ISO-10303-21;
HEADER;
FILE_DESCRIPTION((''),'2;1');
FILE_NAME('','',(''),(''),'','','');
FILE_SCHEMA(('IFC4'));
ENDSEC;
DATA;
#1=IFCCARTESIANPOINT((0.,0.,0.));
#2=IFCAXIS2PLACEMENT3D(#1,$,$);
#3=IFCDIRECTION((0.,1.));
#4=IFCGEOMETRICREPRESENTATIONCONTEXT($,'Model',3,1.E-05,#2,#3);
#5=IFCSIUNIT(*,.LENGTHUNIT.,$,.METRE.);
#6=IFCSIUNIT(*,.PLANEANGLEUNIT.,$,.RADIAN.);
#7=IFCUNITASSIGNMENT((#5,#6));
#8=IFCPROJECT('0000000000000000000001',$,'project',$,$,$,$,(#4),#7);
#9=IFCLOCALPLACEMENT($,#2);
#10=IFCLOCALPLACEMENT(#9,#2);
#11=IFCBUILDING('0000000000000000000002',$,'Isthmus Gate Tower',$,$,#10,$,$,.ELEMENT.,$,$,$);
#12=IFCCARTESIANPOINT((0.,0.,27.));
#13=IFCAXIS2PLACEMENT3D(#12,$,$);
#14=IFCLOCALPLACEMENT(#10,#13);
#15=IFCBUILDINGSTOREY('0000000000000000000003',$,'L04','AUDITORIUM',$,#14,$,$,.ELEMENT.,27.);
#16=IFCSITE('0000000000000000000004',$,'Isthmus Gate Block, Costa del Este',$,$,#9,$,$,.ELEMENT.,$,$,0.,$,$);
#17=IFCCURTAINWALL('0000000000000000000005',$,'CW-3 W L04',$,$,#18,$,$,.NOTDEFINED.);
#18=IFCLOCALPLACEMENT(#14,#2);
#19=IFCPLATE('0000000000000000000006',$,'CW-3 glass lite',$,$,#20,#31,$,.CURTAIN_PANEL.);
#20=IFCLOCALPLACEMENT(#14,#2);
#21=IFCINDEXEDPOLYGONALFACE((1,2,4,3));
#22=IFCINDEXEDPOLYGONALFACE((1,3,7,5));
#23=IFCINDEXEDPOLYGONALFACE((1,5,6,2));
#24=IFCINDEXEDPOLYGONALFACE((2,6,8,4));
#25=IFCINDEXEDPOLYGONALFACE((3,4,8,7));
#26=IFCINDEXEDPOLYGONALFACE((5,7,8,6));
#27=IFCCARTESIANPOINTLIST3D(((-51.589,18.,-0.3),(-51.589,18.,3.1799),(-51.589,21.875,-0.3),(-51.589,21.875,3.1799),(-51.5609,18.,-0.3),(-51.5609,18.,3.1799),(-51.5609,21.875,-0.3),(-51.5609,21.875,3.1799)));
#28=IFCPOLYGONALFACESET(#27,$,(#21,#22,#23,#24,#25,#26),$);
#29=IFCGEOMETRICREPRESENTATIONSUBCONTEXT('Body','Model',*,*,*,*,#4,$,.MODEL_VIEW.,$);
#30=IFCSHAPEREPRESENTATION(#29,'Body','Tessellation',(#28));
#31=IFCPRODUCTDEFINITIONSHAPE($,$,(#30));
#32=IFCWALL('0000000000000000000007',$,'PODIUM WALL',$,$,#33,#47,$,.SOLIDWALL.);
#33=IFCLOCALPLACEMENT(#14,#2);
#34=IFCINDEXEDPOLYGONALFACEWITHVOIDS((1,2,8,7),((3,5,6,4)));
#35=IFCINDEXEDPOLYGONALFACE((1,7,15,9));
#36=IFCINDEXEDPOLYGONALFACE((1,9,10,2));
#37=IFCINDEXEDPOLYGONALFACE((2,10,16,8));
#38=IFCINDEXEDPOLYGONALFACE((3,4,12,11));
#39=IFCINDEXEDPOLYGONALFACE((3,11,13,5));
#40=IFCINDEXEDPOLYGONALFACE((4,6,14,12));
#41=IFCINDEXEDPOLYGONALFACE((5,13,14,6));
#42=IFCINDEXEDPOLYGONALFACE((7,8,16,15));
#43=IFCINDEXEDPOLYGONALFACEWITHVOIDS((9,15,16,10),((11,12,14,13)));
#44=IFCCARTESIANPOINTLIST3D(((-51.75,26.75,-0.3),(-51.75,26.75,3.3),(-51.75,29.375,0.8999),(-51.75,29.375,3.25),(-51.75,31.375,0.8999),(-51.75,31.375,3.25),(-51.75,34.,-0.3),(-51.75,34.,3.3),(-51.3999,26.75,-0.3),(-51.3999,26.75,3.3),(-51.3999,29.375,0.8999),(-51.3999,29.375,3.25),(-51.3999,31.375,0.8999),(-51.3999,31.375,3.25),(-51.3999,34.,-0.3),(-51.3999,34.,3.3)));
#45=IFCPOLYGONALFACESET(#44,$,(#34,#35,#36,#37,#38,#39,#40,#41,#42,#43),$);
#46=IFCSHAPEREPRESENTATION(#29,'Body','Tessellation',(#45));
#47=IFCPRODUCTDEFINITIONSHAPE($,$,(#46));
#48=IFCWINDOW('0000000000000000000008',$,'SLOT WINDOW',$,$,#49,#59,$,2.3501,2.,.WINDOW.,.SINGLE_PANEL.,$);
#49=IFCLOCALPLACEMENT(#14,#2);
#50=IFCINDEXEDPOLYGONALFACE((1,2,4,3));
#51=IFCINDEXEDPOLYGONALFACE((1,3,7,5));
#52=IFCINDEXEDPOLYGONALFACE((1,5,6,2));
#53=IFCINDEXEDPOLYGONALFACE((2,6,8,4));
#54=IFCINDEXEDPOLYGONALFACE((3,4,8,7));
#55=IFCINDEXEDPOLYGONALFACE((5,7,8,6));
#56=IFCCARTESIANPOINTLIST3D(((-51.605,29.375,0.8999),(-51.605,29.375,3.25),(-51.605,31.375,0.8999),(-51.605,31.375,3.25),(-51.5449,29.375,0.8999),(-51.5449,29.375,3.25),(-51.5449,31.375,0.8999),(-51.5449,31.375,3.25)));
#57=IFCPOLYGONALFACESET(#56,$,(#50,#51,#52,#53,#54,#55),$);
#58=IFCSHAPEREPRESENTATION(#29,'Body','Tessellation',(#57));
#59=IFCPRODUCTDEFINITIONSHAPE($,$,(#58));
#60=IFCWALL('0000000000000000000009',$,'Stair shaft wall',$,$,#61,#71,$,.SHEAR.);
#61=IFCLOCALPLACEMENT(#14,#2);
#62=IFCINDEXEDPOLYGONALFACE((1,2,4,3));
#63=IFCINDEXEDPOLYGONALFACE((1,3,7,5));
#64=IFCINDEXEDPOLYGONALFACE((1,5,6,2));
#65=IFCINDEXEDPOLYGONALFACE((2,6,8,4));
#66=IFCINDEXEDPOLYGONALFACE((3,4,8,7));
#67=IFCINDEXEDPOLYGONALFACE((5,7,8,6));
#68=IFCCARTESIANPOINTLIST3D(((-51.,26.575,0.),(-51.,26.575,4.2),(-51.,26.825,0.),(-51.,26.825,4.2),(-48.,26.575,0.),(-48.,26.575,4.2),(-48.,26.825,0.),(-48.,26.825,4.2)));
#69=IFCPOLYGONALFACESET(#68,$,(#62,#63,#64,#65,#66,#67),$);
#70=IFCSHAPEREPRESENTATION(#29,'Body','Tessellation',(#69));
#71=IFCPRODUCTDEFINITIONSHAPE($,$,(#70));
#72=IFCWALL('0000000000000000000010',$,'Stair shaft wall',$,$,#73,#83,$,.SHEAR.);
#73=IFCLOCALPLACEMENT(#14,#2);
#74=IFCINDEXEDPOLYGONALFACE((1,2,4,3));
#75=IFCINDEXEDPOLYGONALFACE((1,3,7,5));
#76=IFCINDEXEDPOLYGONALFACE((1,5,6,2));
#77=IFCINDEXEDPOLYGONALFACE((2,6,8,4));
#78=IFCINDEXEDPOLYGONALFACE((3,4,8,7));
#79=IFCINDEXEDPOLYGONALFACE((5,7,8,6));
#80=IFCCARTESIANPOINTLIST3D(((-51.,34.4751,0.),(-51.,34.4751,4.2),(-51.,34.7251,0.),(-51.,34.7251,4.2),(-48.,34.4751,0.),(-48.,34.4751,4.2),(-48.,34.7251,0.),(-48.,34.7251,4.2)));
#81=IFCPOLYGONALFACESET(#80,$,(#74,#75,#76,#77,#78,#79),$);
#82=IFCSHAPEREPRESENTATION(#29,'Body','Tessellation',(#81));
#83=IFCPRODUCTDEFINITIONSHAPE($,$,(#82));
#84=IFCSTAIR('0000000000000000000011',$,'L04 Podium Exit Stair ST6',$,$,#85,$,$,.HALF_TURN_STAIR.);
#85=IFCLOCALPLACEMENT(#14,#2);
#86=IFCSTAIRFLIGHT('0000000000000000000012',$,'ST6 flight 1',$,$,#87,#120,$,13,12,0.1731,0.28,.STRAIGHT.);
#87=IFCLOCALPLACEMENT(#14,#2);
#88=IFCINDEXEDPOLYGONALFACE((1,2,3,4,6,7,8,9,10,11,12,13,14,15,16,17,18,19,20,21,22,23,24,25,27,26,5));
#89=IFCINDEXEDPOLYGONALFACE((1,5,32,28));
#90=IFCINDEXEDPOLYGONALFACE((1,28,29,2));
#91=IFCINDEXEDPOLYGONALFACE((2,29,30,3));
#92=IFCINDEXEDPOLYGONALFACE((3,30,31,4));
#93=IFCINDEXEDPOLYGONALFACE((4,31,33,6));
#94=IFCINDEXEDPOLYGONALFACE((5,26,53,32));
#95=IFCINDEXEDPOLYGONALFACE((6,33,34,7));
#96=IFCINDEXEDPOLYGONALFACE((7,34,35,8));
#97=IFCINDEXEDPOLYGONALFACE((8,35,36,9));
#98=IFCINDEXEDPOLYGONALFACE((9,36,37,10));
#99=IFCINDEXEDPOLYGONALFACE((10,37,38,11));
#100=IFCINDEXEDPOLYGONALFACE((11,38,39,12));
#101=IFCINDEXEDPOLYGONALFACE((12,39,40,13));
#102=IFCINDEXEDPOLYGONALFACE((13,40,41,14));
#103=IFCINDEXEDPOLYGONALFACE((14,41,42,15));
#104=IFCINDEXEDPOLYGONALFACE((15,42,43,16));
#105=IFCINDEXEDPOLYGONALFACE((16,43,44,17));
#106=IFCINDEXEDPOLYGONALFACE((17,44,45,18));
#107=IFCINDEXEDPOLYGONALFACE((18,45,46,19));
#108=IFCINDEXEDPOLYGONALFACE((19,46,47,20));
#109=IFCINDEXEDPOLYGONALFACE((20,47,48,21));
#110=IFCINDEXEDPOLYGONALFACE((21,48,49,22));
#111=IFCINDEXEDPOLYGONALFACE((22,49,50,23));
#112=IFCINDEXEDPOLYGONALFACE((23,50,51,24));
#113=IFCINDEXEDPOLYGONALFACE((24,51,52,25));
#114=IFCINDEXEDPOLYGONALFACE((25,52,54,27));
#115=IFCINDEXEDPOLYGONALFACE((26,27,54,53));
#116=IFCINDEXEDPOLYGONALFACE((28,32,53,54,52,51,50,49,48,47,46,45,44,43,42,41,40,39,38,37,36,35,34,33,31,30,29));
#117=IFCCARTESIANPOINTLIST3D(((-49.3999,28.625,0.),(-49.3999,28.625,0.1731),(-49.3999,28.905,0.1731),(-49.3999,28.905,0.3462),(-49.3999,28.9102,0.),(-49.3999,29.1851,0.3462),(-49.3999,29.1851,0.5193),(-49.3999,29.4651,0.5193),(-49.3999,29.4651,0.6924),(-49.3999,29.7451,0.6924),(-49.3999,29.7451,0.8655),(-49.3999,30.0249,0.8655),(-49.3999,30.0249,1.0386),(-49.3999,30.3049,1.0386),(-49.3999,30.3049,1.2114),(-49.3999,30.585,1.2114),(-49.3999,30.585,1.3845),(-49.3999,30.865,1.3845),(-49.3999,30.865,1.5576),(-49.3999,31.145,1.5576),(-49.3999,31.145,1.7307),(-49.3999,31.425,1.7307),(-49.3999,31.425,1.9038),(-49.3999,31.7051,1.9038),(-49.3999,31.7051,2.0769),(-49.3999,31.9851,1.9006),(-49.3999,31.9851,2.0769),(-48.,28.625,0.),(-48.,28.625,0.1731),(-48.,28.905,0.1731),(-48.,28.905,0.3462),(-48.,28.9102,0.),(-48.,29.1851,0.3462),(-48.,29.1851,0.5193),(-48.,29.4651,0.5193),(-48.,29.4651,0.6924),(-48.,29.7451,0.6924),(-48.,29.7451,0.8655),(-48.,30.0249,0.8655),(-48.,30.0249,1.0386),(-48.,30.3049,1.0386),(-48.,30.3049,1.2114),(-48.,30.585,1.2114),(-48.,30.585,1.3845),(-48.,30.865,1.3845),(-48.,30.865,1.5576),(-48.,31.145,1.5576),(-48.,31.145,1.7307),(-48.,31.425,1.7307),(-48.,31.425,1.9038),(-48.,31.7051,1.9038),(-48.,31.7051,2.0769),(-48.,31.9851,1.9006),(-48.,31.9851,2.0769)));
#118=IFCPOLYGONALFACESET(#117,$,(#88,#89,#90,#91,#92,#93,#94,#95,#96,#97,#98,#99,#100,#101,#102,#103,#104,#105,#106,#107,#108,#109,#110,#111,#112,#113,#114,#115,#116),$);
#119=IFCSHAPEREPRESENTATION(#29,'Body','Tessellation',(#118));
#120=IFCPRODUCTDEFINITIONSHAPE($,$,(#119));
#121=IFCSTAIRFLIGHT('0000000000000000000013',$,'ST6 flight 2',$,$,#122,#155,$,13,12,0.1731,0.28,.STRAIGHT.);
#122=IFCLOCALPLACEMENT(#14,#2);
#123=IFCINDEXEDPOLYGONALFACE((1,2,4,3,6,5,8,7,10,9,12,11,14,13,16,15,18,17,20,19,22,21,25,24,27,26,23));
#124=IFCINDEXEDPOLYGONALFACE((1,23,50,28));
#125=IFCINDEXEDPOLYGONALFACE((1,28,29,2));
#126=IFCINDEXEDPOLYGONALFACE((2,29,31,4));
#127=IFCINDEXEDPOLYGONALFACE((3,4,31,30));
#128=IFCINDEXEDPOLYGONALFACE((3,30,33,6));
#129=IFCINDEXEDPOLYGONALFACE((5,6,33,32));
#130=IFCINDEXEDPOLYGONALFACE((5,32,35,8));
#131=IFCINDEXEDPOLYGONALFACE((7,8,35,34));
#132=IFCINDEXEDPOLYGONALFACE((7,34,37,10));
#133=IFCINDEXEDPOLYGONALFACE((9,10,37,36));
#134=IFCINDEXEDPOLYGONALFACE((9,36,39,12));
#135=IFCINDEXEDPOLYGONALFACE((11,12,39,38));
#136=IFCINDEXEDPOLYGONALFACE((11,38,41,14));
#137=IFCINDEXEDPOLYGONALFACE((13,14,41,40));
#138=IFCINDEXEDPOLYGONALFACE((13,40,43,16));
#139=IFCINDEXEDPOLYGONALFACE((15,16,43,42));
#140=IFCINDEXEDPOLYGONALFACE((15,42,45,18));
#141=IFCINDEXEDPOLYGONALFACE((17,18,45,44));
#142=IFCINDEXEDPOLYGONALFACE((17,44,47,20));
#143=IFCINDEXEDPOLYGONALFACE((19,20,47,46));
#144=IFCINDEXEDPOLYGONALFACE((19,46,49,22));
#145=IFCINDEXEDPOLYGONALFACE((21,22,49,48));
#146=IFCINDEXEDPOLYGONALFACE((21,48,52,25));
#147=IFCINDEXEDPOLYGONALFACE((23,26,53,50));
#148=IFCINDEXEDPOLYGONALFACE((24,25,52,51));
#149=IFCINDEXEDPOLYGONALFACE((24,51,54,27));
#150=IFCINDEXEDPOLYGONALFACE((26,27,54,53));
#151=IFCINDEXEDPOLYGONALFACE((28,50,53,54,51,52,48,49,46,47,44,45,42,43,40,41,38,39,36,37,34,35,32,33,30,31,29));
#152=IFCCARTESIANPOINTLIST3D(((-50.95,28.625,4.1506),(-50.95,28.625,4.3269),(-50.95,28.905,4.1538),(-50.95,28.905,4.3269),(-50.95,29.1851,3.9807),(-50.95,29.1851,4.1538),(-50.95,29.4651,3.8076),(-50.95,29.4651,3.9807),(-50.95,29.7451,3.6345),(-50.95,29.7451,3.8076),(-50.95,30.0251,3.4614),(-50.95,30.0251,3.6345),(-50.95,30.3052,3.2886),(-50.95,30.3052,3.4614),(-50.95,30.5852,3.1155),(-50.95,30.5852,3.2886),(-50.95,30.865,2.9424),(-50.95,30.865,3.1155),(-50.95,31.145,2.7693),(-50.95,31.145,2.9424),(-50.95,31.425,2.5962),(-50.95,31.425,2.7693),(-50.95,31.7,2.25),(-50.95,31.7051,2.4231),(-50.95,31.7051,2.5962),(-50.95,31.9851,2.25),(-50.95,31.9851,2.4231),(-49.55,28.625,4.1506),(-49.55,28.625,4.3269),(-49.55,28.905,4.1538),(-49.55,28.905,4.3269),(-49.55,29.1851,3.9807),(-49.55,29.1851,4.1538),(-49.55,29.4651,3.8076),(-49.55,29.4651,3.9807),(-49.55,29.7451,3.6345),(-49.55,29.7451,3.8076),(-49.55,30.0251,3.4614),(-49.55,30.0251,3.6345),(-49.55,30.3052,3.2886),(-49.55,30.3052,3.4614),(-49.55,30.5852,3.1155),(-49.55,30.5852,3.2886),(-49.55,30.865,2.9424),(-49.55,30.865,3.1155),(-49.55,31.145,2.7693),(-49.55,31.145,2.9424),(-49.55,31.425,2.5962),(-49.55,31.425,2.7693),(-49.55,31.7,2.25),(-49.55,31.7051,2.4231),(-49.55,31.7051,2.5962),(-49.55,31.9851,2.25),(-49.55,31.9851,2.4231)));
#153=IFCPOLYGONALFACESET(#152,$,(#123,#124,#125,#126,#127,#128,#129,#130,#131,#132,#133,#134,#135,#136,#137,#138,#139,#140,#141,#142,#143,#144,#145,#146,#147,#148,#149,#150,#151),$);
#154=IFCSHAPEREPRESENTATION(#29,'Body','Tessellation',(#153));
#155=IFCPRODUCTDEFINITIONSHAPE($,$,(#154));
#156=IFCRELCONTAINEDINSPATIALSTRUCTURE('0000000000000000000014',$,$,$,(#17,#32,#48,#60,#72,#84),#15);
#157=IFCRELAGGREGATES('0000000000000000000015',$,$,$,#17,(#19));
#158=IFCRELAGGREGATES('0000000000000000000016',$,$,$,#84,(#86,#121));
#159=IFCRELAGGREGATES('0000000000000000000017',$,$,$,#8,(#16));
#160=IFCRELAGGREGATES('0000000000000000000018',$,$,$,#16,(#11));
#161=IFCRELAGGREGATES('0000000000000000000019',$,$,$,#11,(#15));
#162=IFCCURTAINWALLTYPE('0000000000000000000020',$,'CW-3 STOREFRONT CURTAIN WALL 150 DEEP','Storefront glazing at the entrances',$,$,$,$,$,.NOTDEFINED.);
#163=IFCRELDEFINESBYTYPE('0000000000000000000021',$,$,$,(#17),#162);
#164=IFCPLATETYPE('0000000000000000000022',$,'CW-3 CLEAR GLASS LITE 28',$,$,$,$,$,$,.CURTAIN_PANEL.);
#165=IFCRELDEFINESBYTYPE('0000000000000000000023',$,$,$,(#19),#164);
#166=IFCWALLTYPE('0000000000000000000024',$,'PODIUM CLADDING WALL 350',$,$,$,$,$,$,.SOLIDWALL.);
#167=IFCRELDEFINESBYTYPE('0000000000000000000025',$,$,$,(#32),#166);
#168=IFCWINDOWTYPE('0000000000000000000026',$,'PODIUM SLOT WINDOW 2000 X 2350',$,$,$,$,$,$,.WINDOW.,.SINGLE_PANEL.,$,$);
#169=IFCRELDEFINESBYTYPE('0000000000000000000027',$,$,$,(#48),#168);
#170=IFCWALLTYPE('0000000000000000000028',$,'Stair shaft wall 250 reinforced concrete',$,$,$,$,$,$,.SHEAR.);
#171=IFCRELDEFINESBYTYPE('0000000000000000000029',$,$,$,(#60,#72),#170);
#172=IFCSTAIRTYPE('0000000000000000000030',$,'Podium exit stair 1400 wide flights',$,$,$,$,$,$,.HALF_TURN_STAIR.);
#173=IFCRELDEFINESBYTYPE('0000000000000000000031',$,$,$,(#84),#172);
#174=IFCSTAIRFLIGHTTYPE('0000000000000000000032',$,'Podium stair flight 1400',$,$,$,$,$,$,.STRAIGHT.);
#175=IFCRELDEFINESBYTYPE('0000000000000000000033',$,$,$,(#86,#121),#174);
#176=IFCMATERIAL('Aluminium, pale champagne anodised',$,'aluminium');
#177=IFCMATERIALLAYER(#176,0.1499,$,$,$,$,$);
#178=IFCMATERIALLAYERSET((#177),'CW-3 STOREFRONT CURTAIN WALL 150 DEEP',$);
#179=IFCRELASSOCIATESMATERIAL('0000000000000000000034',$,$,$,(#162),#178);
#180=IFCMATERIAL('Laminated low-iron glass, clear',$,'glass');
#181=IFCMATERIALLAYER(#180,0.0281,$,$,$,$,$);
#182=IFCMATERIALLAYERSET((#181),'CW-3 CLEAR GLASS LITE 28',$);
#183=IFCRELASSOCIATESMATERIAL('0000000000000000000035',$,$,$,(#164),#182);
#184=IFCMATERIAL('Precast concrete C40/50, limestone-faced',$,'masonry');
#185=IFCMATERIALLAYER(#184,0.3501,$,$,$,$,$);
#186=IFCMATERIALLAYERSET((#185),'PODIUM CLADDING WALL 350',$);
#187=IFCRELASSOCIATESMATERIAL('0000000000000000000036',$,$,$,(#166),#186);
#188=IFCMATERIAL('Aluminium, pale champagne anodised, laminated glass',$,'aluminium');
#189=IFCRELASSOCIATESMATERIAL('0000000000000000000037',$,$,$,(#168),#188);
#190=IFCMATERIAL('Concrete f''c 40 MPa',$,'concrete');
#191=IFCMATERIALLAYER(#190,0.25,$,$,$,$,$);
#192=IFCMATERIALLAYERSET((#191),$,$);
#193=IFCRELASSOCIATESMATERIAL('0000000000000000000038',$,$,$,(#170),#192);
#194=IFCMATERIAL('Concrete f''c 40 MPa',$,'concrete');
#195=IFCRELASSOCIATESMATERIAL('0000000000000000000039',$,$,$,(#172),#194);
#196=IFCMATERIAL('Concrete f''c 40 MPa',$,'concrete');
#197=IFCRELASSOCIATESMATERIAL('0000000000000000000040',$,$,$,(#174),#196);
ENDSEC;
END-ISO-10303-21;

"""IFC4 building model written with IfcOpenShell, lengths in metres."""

from ifc_helpers import new_model, si_unit, direction, frame, frame_2d, origin, origin_2d, place, context, subcontext, project, spatial, polyline, rectangle, outline, extrude, material, layer, layer_set, type_object, element, fill, aggregate, save


model = new_model("IFC4")

# Units and contexts
model_context = context("Model", 3, precision=1e-05, world=origin(), true_north=direction((0.0, 1.0)))
body_context = subcontext(model_context, "Body", "Model", "MODEL_VIEW")
ifc_project = project(units=[si_unit("LENGTHUNIT", "METRE"), si_unit("PLANEANGLEUNIT", "RADIAN")], contexts=[model_context])

# Site, building, storey
site_placement = place(None, origin())
site = spatial("IfcSite", under=ifc_project, at=site_placement, Name="Isthmus Gate Block, Costa del Este", CompositionType="ELEMENT", RefElevation=0.0)
building_placement = place(site_placement, origin())
building = spatial("IfcBuilding", under=site, at=building_placement, Name="Isthmus Gate Tower", CompositionType="ELEMENT")
storey_placement = place(building_placement, frame((0.0, 0.0, 27.0)))
storey = spatial("IfcBuildingStorey", under=building, at=storey_placement, Name="L04", Description="AUDITORIUM", CompositionType="ELEMENT", Elevation=27.0)

# Curtain wall
ifc_material_1 = material(Name="Aluminium, pale champagne anodised", Category="aluminium")
ifc_layer_1 = layer(ifc_material_1, 0.1499)
ifc_layer_set_1 = layer_set([ifc_layer_1], Name="CW-3 STOREFRONT CURTAIN WALL 150 DEEP")
curtain_wall_type = type_object("IfcCurtainWallType", Name="CW-3 STOREFRONT CURTAIN WALL 150 DEEP", Description="Storefront glazing at the entrances", PredefinedType="NOTDEFINED", material=ifc_layer_set_1)
curtain_wall_placement = place(storey_placement, origin())
curtain_wall = element("IfcCurtainWall", 1, at=curtain_wall_placement, inside=storey, type_object=curtain_wall_type, Name="CW-3 W L04", PredefinedType="NOTDEFINED")

# Plate
ifc_material_2 = material(Name="Laminated low-iron glass, clear", Category="glass")
ifc_layer_2 = layer(ifc_material_2, 0.0281)
ifc_layer_set_2 = layer_set([ifc_layer_2], Name="CW-3 CLEAR GLASS LITE 28")
plate_type = type_object("IfcPlateType", Name="CW-3 CLEAR GLASS LITE 28", PredefinedType="CURTAIN_PANEL", material=ifc_layer_set_2)
plate_1_placement = place(storey_placement, frame((-51.575, 19.9375, -0.3), z_axis=(0.0, 0.0, 1.0), x_axis=(0.0, -1.0, 0.0)))
plate_1 = element("IfcPlate", 2, at=plate_1_placement, type_object=plate_type, Name="CW-3 glass lite", PredefinedType="CURTAIN_PANEL", context=body_context, shape_type="SweptSolid", body=[
    extrude(rectangle(XDim=3.875, YDim=0.0281, at=origin_2d()), origin(), (0.0, 0.0, 1.0), 3.48),
])
aggregate(curtain_wall, [plate_1])

# Wall, opening, window
ifc_material_3 = material(Name="Precast concrete C40/50, limestone-faced", Category="masonry")
ifc_layer_3 = layer(ifc_material_3, 0.3501)
ifc_layer_set_3 = layer_set([ifc_layer_3], Name="PODIUM CLADDING WALL 350")
wall_type_1 = type_object("IfcWallType", Name="PODIUM CLADDING WALL 350", PredefinedType="SOLIDWALL", material=ifc_layer_set_3)
wall_placement = place(storey_placement, frame((-51.575, 34.0, -0.3), z_axis=(0.0, 0.0, 1.0), x_axis=(0.0, -1.0, 0.0)))
wall = element("IfcWall", 3, at=wall_placement, inside=storey, type_object=wall_type_1, Name="PODIUM WALL", PredefinedType="SOLIDWALL", context=body_context, shape_type="SweptSolid", body=[
    extrude(rectangle(XDim=7.25, YDim=0.3501, at=frame_2d((3.625, 0.0))), origin(), (0.0, 0.0, 1.0), 3.6001),
])
opening_placement = place(wall_placement, frame((2.625, 0.0, 1.2)))
opening = element("IfcOpeningElement", 4, at=opening_placement, cuts=wall, PredefinedType="OPENING", context=body_context, shape_type="SweptSolid", body=[
    extrude(rectangle(XDim=2.0, YDim=2.3501, at=frame_2d((1.0, 1.175))), frame((0.0, 0.1851, 0.0), z_axis=(0.0, -1.0, 0.0), x_axis=(1.0, 0.0, 0.0)), (0.0, 0.0, 1.0), 0.3701),
])
ifc_material_4 = material(Name="Aluminium, pale champagne anodised, laminated glass", Category="aluminium")
window_type = type_object("IfcWindowType", Name="PODIUM SLOT WINDOW 2000 X 2350", PartitioningType="SINGLE_PANEL", PredefinedType="WINDOW", material=ifc_material_4)
window_placement = place(opening_placement, origin())
window = element("IfcWindow", 5, at=window_placement, inside=storey, type_object=window_type, Name="SLOT WINDOW", OverallHeight=2.3501, OverallWidth=2.0, PartitioningType="SINGLE_PANEL", PredefinedType="WINDOW", context=body_context, shape_type="SweptSolid", body=[
    extrude(rectangle(XDim=2.0, YDim=2.3501, at=frame_2d((1.0, 1.175))), frame((0.0, 0.03, 0.0), z_axis=(0.0, -1.0, 0.0), x_axis=(1.0, 0.0, 0.0)), (0.0, 0.0, 1.0), 0.0601),
])
fill(opening, window)

# Walls
ifc_material_5 = material(Name="Concrete f'c 40 MPa", Category="concrete")
ifc_layer_4 = layer(ifc_material_5, 0.25)
ifc_layer_set_4 = layer_set([ifc_layer_4])
wall_type_2 = type_object("IfcWallType", Name="Stair shaft wall 250 reinforced concrete", PredefinedType="SHEAR", material=ifc_layer_set_4)
for number, where, z_axis, x_axis, name in (
    (6, (-51.0, 26.7, 0.0), (0.0, 0.0, 1.0), (1.0, 0.0, 0.0), "Stair shaft wall"),
    (7, (-51.0, 34.6001, 0.0), (0.0, 0.0, 1.0), (1.0, 0.0, 0.0), "Stair shaft wall"),
):
    element("IfcWall", number, at=place(storey_placement, frame(where, z_axis=z_axis, x_axis=x_axis)), inside=storey, type_object=wall_type_2, Name=name, PredefinedType="SHEAR", context=body_context, shape_type="SweptSolid", body=[
        extrude(rectangle(XDim=3.0, YDim=0.25, at=frame_2d((1.5, 0.0))), origin(), (0.0, 0.0, 1.0), 4.2),
    ])

# Stair, stair flights
ifc_material_6 = material(Name="Concrete f'c 40 MPa", Category="concrete")
stair_type = type_object("IfcStairType", Name="Podium exit stair 1400 wide flights", PredefinedType="HALF_TURN_STAIR", material=ifc_material_6)
stair_placement = place(storey_placement, origin())
stair = element("IfcStair", 8, at=stair_placement, inside=storey, type_object=stair_type, Name="L04 Podium Exit Stair ST6", PredefinedType="HALF_TURN_STAIR")
ifc_material_7 = material(Name="Concrete f'c 40 MPa", Category="concrete")
stair_flight_type = type_object("IfcStairFlightType", Name="Podium stair flight 1400", PredefinedType="STRAIGHT", material=ifc_material_7)
stair_flight_1_placement = place(storey_placement, frame((-48.7, 28.625, 0.0), z_axis=(0.0, 0.0, 1.0), x_axis=(0.0, 1.0, 0.0)))
stair_flight_1 = element("IfcStairFlight", 9, at=stair_flight_1_placement, type_object=stair_flight_type, Name="ST6 flight 1", NumberOfRisers=13, NumberOfTreads=12, PredefinedType="STRAIGHT", RiserHeight=0.1731, TreadLength=0.28, context=body_context, shape_type="SweptSolid", body=[
    extrude(outline(polyline([(0.0, 0.0), (0.0, 0.1731), (0.28, 0.1731), (0.28, 0.3462), (0.5601, 0.3462), (0.5601, 0.5193), (0.8401, 0.5193), (0.8401, 0.6924), (1.1201, 0.6924), (1.1201, 0.8655), (1.3999, 0.8655), (1.3999, 1.0386), (1.6799, 1.0386), (1.6799, 1.2114), (1.96, 1.2114), (1.96, 1.3845), (2.24, 1.3845), (2.24, 1.5576), (2.52, 1.5576), (2.52, 1.7307), (2.8, 1.7307), (2.8, 1.9038), (3.0801, 1.9038), (3.0801, 2.0769), (3.3601, 2.0769), (3.3601, 2.25), (3.3601, 1.9006), (0.2852, 0.0), (0.0, 0.0)])), frame((0.0, 0.7, 0.0), z_axis=(0.0, -1.0, 0.0), x_axis=(1.0, 0.0, 0.0)), (0.0, 0.0, 1.0), 1.3999),
])
stair_flight_2_placement = place(storey_placement, frame((-50.25, 31.9851, 2.25), z_axis=(0.0, 0.0, 1.0), x_axis=(0.0, -1.0, 0.0)))
stair_flight_2 = element("IfcStairFlight", 10, at=stair_flight_2_placement, type_object=stair_flight_type, Name="ST6 flight 2", NumberOfRisers=13, NumberOfTreads=12, PredefinedType="STRAIGHT", RiserHeight=0.1731, TreadLength=0.28, context=body_context, shape_type="SweptSolid", body=[
    extrude(outline(polyline([(0.0, 0.0), (0.0, 0.1731), (0.28, 0.1731), (0.28, 0.3462), (0.5601, 0.3462), (0.5601, 0.5193), (0.8401, 0.5193), (0.8401, 0.6924), (1.1201, 0.6924), (1.1201, 0.8655), (1.3999, 0.8655), (1.3999, 1.0386), (1.6799, 1.0386), (1.6799, 1.2114), (1.96, 1.2114), (1.96, 1.3845), (2.24, 1.3845), (2.24, 1.5576), (2.52, 1.5576), (2.52, 1.7307), (2.8, 1.7307), (2.8, 1.9038), (3.0801, 1.9038), (3.0801, 2.0769), (3.3601, 2.0769), (3.3601, 2.25), (3.3601, 1.9006), (0.2852, 0.0), (0.0, 0.0)])), frame((0.0, 0.7, 0.0), z_axis=(0.0, -1.0, 0.0), x_axis=(1.0, 0.0, 0.0)), (0.0, 0.0, 1.0), 1.3999),
])
aggregate(stair, [stair_flight_1, stair_flight_2])

save(model, "model.ifc")
